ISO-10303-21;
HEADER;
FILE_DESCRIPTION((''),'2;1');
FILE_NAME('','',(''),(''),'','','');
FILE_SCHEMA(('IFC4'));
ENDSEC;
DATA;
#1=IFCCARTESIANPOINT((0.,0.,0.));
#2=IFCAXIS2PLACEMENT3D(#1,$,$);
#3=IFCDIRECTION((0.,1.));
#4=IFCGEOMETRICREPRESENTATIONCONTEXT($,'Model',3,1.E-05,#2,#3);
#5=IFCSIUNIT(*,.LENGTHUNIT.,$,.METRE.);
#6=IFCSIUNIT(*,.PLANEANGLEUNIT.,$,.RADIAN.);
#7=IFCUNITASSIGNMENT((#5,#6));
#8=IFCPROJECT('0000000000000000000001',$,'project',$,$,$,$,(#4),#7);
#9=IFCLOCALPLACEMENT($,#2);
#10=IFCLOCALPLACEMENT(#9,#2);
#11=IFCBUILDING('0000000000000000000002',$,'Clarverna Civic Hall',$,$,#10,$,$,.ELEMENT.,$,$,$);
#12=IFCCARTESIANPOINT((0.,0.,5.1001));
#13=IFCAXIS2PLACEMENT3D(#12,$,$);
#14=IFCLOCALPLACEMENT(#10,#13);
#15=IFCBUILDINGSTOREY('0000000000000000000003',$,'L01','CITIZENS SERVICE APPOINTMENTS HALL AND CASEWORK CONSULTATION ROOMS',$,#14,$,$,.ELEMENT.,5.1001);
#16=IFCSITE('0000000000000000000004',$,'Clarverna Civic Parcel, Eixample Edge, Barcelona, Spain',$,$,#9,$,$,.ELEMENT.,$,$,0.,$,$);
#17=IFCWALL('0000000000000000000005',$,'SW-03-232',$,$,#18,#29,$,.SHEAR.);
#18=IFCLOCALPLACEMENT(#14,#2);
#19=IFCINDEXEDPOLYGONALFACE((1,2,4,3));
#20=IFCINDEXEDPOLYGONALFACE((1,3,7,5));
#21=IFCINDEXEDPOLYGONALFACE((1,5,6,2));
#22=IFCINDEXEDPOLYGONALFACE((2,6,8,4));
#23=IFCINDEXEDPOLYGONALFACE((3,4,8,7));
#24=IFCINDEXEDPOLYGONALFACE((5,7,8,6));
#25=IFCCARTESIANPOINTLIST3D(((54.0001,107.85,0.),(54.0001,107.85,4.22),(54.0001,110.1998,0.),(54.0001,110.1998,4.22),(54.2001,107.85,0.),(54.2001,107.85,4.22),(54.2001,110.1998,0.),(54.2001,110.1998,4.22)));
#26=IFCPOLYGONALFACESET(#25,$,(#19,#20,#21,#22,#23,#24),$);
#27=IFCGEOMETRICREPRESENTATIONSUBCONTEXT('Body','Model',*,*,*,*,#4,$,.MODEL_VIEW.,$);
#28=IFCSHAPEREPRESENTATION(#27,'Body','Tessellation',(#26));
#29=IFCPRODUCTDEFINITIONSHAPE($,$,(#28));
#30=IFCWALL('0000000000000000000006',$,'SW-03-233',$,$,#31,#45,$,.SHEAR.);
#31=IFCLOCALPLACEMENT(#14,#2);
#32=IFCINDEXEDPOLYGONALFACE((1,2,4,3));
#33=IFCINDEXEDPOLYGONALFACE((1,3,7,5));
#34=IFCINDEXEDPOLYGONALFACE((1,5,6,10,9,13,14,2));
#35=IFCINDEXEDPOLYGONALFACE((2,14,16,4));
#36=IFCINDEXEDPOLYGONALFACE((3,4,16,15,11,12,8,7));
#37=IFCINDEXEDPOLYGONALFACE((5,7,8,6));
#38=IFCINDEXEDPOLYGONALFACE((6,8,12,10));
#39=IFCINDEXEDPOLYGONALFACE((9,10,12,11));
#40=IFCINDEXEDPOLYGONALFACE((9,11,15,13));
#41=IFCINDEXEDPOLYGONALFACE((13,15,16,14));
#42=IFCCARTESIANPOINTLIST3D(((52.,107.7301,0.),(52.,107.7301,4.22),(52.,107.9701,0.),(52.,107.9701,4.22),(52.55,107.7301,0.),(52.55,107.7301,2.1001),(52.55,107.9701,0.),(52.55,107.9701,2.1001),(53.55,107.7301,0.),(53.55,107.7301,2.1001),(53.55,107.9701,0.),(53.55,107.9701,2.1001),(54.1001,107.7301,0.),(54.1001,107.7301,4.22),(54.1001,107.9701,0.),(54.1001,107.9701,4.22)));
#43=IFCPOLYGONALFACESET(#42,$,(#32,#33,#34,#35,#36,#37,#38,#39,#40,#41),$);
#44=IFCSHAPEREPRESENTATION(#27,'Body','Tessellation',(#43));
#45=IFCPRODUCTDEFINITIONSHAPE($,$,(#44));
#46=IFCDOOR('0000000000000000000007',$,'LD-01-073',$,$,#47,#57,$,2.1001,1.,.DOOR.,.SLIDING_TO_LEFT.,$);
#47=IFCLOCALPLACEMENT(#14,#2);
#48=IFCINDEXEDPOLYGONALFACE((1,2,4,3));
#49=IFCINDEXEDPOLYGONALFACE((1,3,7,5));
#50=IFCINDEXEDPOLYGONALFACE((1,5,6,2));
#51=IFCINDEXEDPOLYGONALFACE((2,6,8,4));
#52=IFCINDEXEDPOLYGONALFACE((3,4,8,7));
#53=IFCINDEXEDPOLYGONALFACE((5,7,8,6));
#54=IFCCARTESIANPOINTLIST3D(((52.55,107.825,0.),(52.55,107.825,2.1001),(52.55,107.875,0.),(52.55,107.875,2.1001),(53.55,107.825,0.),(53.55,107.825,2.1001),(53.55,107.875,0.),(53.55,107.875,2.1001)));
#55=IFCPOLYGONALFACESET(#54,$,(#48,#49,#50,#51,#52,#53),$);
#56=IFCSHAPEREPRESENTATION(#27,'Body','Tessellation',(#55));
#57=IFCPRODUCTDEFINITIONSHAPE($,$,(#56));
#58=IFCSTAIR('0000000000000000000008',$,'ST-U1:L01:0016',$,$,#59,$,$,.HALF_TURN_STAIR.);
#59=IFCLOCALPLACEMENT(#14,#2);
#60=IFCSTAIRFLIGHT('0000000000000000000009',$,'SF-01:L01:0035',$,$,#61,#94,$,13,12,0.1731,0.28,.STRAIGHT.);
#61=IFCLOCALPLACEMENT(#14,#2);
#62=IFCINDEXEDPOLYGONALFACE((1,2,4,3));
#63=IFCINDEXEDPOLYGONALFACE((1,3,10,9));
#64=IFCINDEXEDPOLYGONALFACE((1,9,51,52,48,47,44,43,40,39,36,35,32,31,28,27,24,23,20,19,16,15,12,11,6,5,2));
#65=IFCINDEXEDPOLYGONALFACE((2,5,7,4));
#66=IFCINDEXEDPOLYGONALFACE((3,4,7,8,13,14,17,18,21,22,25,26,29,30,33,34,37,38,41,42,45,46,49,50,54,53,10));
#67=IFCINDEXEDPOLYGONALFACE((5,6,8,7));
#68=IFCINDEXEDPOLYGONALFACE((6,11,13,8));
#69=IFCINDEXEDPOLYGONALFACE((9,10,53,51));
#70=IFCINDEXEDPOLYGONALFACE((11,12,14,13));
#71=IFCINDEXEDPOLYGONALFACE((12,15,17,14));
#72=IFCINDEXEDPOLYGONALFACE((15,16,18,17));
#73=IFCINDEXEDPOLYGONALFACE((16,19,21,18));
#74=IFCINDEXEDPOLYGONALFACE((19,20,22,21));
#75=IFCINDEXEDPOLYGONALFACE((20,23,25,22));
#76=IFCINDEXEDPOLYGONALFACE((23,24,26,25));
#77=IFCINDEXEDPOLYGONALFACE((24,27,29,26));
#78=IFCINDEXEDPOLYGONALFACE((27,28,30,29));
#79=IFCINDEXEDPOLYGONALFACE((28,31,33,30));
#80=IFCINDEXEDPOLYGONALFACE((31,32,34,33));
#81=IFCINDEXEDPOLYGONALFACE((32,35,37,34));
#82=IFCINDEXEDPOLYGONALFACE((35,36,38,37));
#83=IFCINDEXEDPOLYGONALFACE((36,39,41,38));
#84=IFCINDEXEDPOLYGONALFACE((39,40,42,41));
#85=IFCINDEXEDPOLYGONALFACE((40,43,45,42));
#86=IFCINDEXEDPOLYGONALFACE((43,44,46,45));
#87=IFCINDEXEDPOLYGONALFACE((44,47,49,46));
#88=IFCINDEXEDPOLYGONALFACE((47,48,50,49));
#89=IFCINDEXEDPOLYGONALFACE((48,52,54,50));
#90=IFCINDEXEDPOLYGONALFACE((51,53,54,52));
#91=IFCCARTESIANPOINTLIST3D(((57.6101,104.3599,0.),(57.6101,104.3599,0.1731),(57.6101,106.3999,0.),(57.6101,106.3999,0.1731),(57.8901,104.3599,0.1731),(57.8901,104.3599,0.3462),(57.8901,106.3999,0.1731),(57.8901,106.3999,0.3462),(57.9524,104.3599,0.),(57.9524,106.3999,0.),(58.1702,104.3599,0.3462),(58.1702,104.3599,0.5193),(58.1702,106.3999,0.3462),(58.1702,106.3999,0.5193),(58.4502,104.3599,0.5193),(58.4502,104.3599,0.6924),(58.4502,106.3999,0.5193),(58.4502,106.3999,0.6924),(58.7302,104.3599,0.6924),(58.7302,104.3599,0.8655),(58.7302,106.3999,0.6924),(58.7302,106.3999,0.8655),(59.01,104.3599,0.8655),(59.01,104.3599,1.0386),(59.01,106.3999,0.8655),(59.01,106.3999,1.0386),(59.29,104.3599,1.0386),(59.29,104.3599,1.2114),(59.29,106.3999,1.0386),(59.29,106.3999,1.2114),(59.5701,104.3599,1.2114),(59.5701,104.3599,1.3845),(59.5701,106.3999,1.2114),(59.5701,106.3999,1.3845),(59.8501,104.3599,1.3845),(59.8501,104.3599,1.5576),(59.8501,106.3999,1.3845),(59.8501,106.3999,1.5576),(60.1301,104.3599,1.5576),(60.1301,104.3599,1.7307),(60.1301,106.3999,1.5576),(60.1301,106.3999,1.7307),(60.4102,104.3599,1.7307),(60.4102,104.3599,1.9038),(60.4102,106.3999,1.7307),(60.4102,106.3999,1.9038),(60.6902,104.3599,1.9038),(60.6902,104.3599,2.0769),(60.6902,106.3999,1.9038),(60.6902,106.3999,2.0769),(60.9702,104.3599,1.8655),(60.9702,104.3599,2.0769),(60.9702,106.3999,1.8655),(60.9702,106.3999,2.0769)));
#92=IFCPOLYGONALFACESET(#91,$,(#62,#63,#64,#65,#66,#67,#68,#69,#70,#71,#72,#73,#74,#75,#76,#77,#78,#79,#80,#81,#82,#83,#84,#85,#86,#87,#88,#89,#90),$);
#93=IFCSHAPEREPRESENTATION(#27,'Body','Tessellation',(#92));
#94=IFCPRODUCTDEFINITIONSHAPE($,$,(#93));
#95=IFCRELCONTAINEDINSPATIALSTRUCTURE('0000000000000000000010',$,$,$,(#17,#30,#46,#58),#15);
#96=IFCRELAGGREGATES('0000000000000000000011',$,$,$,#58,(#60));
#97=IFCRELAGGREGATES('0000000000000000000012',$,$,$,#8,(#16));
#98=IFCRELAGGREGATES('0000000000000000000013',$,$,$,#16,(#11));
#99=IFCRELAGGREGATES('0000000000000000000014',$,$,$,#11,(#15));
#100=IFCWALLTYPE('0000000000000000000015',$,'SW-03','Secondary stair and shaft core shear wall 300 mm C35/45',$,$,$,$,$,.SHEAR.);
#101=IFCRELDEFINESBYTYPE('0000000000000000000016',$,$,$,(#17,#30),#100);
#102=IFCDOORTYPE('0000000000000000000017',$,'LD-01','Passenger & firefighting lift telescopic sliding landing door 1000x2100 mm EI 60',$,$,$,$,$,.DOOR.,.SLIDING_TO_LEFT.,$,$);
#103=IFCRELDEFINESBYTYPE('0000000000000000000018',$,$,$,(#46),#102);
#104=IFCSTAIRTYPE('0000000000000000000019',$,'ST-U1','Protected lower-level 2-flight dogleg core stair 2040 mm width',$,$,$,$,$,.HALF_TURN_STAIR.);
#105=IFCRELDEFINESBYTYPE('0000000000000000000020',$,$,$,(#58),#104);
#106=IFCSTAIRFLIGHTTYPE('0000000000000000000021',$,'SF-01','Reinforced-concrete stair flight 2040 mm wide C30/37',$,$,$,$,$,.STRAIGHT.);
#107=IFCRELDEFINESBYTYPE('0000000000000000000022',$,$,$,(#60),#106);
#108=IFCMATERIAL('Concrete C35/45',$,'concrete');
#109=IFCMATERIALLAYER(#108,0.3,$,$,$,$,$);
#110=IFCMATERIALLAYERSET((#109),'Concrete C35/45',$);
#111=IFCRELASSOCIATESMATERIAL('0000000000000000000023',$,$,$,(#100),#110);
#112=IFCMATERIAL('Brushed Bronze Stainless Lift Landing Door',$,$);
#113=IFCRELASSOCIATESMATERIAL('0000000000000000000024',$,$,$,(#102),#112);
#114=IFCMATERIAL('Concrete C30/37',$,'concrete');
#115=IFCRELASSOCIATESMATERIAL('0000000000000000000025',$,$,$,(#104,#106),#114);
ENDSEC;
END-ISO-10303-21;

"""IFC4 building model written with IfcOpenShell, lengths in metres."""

from ifc_helpers import new_model, si_unit, direction, frame, frame_2d, origin, place, context, subcontext, project, spatial, polyline, rectangle, outline, extrude, material, layer, layer_set, type_object, element, fill, aggregate, save


model = new_model("IFC4")

# Units and contexts
model_context = context("Model", 3, precision=1e-05, world=origin(), true_north=direction((0.0, 1.0)))
body_context = subcontext(model_context, "Body", "Model", "MODEL_VIEW")
ifc_project = project(units=[si_unit("LENGTHUNIT", "METRE"), si_unit("PLANEANGLEUNIT", "RADIAN")], contexts=[model_context])

# Site, building, storey
site_placement = place(None, origin())
site = spatial("IfcSite", under=ifc_project, at=site_placement, Name="Clarverna Civic Parcel, Eixample Edge, Barcelona, Spain", CompositionType="ELEMENT", RefElevation=0.0)
building_placement = place(site_placement, origin())
building = spatial("IfcBuilding", under=site, at=building_placement, Name="Clarverna Civic Hall", CompositionType="ELEMENT")
storey_placement = place(building_placement, frame((0.0, 0.0, 5.1001)))
storey = spatial("IfcBuildingStorey", under=building, at=storey_placement, Name="L01", Description="CITIZENS SERVICE APPOINTMENTS HALL AND CASEWORK CONSULTATION ROOMS", CompositionType="ELEMENT", Elevation=5.1001)

# Shared definitions
ifc_material_1 = material(Name="Concrete C35/45", Category="concrete")

# Shared definitions
ifc_layer_1 = layer(ifc_material_1, 0.3)
ifc_layer_set_1 = layer_set([ifc_layer_1], Name="Concrete C35/45")
wall_type_1 = type_object("IfcWallType", Name="SW-03", Description="Secondary stair and shaft core shear wall 300 mm C35/45", PredefinedType="SHEAR", material=ifc_layer_set_1)

# Wall
wall_1_placement = place(storey_placement, frame((54.1001, 107.8501, 0.0), z_axis=(0.0, 0.0, 1.0), x_axis=(0.0, 1.0, 0.0)))
element("IfcWall", 1, at=wall_1_placement, inside=storey, type_object=wall_type_1, Name="SW-03-232", PredefinedType="SHEAR", context=body_context, shape_type="SweptSolid", body=[
    extrude(rectangle(XDim=2.3499, YDim=0.2, at=frame_2d((1.1748, 0.0))), origin(), (0.0, 0.0, 1.0), 4.22),
])

# Wall, opening, door
wall_2_placement = place(storey_placement, frame((52.0, 107.8501, 0.0), z_axis=(0.0, 0.0, 1.0), x_axis=(1.0, 0.0, 0.0)))
wall_2 = element("IfcWall", 2, at=wall_2_placement, inside=storey, type_object=wall_type_1, Name="SW-03-233", PredefinedType="SHEAR", context=body_context, shape_type="SweptSolid", body=[
    extrude(rectangle(XDim=2.1001, YDim=0.24, at=frame_2d((1.05, 0.0))), origin(), (0.0, 0.0, 1.0), 4.22),
])
opening_1_placement = place(wall_2_placement, frame((0.55, 0.0, 0.0)))
opening_1 = element("IfcOpeningElement", 3, at=opening_1_placement, cuts=wall_2, PredefinedType="OPENING", context=body_context, shape_type="SweptSolid", body=[
    extrude(rectangle(XDim=1.0, YDim=2.1001, at=frame_2d((0.5, 1.05))), frame((0.0, 0.1299, 0.0), z_axis=(0.0, -1.0, 0.0), x_axis=(1.0, 0.0, 0.0)), (0.0, 0.0, 1.0), 0.26),
])
ifc_material_2 = material(Name="Brushed Bronze Stainless Lift Landing Door")
door_type_1 = type_object("IfcDoorType", Name="LD-01", Description="Passenger & firefighting lift telescopic sliding landing door 1000x2100 mm EI 60", OperationType="SLIDING_TO_LEFT", PredefinedType="DOOR", material=ifc_material_2)
door_1_placement = place(opening_1_placement, origin())
door_1 = element("IfcDoor", 4, at=door_1_placement, inside=storey, type_object=door_type_1, Name="LD-01-073", OperationType="SLIDING_TO_LEFT", OverallHeight=2.1001, OverallWidth=1.0, PredefinedType="DOOR", context=body_context, shape_type="SweptSolid", body=[
    extrude(rectangle(XDim=1.0, YDim=2.1001, at=frame_2d((0.5, 1.05))), frame((0.0, 0.0249, 0.0), z_axis=(0.0, -1.0, 0.0), x_axis=(1.0, 0.0, 0.0)), (0.0, 0.0, 1.0), 0.05),
])
fill(opening_1, door_1)

# Stair, stair flight
ifc_material_3 = material(Name="Concrete C30/37", Category="concrete")
stair_type = type_object("IfcStairType", Name="ST-U1", Description="Protected lower-level 2-flight dogleg core stair 2040 mm width", PredefinedType="HALF_TURN_STAIR", material=ifc_material_3)
stair_placement = place(storey_placement, origin())
stair = element("IfcStair", 5, at=stair_placement, inside=storey, type_object=stair_type, Name="ST-U1:L01:0016", PredefinedType="HALF_TURN_STAIR")
stair_flight_type = type_object("IfcStairFlightType", Name="SF-01", Description="Reinforced-concrete stair flight 2040 mm wide C30/37", PredefinedType="STRAIGHT", material=ifc_material_3)
stair_flight_placement = place(storey_placement, frame((57.6101, 105.3799, 0.0), z_axis=(0.0, 0.0, 1.0), x_axis=(1.0, 0.0, 0.0)))
stair_flight = element("IfcStairFlight", 6, at=stair_flight_placement, type_object=stair_flight_type, Name="SF-01:L01:0035", NumberOfRisers=13, NumberOfTreads=12, PredefinedType="STRAIGHT", RiserHeight=0.1731, TreadLength=0.28, context=body_context, shape_type="SweptSolid", body=[
    extrude(outline(polyline([(0.0, 0.0), (0.0, 0.1731), (0.28, 0.1731), (0.28, 0.3462), (0.5601, 0.3462), (0.5601, 0.5193), (0.8401, 0.5193), (0.8401, 0.6924), (1.1201, 0.6924), (1.1201, 0.8655), (1.3999, 0.8655), (1.3999, 1.0386), (1.6799, 1.0386), (1.6799, 1.2114), (1.96, 1.2114), (1.96, 1.3845), (2.24, 1.3845), (2.24, 1.5576), (2.52, 1.5576), (2.52, 1.7307), (2.8, 1.7307), (2.8, 1.9038), (3.0801, 1.9038), (3.0801, 2.0769), (3.3601, 2.0769), (3.3601, 2.25), (3.3601, 1.8655), (0.3423, 0.0), (0.0, 0.0)])), frame((0.0, 1.02, 0.0), z_axis=(0.0, -1.0, 0.0), x_axis=(1.0, 0.0, 0.0)), (0.0, 0.0, 1.0), 2.04),
])
aggregate(stair, [stair_flight])

save(model, "model.ifc")
